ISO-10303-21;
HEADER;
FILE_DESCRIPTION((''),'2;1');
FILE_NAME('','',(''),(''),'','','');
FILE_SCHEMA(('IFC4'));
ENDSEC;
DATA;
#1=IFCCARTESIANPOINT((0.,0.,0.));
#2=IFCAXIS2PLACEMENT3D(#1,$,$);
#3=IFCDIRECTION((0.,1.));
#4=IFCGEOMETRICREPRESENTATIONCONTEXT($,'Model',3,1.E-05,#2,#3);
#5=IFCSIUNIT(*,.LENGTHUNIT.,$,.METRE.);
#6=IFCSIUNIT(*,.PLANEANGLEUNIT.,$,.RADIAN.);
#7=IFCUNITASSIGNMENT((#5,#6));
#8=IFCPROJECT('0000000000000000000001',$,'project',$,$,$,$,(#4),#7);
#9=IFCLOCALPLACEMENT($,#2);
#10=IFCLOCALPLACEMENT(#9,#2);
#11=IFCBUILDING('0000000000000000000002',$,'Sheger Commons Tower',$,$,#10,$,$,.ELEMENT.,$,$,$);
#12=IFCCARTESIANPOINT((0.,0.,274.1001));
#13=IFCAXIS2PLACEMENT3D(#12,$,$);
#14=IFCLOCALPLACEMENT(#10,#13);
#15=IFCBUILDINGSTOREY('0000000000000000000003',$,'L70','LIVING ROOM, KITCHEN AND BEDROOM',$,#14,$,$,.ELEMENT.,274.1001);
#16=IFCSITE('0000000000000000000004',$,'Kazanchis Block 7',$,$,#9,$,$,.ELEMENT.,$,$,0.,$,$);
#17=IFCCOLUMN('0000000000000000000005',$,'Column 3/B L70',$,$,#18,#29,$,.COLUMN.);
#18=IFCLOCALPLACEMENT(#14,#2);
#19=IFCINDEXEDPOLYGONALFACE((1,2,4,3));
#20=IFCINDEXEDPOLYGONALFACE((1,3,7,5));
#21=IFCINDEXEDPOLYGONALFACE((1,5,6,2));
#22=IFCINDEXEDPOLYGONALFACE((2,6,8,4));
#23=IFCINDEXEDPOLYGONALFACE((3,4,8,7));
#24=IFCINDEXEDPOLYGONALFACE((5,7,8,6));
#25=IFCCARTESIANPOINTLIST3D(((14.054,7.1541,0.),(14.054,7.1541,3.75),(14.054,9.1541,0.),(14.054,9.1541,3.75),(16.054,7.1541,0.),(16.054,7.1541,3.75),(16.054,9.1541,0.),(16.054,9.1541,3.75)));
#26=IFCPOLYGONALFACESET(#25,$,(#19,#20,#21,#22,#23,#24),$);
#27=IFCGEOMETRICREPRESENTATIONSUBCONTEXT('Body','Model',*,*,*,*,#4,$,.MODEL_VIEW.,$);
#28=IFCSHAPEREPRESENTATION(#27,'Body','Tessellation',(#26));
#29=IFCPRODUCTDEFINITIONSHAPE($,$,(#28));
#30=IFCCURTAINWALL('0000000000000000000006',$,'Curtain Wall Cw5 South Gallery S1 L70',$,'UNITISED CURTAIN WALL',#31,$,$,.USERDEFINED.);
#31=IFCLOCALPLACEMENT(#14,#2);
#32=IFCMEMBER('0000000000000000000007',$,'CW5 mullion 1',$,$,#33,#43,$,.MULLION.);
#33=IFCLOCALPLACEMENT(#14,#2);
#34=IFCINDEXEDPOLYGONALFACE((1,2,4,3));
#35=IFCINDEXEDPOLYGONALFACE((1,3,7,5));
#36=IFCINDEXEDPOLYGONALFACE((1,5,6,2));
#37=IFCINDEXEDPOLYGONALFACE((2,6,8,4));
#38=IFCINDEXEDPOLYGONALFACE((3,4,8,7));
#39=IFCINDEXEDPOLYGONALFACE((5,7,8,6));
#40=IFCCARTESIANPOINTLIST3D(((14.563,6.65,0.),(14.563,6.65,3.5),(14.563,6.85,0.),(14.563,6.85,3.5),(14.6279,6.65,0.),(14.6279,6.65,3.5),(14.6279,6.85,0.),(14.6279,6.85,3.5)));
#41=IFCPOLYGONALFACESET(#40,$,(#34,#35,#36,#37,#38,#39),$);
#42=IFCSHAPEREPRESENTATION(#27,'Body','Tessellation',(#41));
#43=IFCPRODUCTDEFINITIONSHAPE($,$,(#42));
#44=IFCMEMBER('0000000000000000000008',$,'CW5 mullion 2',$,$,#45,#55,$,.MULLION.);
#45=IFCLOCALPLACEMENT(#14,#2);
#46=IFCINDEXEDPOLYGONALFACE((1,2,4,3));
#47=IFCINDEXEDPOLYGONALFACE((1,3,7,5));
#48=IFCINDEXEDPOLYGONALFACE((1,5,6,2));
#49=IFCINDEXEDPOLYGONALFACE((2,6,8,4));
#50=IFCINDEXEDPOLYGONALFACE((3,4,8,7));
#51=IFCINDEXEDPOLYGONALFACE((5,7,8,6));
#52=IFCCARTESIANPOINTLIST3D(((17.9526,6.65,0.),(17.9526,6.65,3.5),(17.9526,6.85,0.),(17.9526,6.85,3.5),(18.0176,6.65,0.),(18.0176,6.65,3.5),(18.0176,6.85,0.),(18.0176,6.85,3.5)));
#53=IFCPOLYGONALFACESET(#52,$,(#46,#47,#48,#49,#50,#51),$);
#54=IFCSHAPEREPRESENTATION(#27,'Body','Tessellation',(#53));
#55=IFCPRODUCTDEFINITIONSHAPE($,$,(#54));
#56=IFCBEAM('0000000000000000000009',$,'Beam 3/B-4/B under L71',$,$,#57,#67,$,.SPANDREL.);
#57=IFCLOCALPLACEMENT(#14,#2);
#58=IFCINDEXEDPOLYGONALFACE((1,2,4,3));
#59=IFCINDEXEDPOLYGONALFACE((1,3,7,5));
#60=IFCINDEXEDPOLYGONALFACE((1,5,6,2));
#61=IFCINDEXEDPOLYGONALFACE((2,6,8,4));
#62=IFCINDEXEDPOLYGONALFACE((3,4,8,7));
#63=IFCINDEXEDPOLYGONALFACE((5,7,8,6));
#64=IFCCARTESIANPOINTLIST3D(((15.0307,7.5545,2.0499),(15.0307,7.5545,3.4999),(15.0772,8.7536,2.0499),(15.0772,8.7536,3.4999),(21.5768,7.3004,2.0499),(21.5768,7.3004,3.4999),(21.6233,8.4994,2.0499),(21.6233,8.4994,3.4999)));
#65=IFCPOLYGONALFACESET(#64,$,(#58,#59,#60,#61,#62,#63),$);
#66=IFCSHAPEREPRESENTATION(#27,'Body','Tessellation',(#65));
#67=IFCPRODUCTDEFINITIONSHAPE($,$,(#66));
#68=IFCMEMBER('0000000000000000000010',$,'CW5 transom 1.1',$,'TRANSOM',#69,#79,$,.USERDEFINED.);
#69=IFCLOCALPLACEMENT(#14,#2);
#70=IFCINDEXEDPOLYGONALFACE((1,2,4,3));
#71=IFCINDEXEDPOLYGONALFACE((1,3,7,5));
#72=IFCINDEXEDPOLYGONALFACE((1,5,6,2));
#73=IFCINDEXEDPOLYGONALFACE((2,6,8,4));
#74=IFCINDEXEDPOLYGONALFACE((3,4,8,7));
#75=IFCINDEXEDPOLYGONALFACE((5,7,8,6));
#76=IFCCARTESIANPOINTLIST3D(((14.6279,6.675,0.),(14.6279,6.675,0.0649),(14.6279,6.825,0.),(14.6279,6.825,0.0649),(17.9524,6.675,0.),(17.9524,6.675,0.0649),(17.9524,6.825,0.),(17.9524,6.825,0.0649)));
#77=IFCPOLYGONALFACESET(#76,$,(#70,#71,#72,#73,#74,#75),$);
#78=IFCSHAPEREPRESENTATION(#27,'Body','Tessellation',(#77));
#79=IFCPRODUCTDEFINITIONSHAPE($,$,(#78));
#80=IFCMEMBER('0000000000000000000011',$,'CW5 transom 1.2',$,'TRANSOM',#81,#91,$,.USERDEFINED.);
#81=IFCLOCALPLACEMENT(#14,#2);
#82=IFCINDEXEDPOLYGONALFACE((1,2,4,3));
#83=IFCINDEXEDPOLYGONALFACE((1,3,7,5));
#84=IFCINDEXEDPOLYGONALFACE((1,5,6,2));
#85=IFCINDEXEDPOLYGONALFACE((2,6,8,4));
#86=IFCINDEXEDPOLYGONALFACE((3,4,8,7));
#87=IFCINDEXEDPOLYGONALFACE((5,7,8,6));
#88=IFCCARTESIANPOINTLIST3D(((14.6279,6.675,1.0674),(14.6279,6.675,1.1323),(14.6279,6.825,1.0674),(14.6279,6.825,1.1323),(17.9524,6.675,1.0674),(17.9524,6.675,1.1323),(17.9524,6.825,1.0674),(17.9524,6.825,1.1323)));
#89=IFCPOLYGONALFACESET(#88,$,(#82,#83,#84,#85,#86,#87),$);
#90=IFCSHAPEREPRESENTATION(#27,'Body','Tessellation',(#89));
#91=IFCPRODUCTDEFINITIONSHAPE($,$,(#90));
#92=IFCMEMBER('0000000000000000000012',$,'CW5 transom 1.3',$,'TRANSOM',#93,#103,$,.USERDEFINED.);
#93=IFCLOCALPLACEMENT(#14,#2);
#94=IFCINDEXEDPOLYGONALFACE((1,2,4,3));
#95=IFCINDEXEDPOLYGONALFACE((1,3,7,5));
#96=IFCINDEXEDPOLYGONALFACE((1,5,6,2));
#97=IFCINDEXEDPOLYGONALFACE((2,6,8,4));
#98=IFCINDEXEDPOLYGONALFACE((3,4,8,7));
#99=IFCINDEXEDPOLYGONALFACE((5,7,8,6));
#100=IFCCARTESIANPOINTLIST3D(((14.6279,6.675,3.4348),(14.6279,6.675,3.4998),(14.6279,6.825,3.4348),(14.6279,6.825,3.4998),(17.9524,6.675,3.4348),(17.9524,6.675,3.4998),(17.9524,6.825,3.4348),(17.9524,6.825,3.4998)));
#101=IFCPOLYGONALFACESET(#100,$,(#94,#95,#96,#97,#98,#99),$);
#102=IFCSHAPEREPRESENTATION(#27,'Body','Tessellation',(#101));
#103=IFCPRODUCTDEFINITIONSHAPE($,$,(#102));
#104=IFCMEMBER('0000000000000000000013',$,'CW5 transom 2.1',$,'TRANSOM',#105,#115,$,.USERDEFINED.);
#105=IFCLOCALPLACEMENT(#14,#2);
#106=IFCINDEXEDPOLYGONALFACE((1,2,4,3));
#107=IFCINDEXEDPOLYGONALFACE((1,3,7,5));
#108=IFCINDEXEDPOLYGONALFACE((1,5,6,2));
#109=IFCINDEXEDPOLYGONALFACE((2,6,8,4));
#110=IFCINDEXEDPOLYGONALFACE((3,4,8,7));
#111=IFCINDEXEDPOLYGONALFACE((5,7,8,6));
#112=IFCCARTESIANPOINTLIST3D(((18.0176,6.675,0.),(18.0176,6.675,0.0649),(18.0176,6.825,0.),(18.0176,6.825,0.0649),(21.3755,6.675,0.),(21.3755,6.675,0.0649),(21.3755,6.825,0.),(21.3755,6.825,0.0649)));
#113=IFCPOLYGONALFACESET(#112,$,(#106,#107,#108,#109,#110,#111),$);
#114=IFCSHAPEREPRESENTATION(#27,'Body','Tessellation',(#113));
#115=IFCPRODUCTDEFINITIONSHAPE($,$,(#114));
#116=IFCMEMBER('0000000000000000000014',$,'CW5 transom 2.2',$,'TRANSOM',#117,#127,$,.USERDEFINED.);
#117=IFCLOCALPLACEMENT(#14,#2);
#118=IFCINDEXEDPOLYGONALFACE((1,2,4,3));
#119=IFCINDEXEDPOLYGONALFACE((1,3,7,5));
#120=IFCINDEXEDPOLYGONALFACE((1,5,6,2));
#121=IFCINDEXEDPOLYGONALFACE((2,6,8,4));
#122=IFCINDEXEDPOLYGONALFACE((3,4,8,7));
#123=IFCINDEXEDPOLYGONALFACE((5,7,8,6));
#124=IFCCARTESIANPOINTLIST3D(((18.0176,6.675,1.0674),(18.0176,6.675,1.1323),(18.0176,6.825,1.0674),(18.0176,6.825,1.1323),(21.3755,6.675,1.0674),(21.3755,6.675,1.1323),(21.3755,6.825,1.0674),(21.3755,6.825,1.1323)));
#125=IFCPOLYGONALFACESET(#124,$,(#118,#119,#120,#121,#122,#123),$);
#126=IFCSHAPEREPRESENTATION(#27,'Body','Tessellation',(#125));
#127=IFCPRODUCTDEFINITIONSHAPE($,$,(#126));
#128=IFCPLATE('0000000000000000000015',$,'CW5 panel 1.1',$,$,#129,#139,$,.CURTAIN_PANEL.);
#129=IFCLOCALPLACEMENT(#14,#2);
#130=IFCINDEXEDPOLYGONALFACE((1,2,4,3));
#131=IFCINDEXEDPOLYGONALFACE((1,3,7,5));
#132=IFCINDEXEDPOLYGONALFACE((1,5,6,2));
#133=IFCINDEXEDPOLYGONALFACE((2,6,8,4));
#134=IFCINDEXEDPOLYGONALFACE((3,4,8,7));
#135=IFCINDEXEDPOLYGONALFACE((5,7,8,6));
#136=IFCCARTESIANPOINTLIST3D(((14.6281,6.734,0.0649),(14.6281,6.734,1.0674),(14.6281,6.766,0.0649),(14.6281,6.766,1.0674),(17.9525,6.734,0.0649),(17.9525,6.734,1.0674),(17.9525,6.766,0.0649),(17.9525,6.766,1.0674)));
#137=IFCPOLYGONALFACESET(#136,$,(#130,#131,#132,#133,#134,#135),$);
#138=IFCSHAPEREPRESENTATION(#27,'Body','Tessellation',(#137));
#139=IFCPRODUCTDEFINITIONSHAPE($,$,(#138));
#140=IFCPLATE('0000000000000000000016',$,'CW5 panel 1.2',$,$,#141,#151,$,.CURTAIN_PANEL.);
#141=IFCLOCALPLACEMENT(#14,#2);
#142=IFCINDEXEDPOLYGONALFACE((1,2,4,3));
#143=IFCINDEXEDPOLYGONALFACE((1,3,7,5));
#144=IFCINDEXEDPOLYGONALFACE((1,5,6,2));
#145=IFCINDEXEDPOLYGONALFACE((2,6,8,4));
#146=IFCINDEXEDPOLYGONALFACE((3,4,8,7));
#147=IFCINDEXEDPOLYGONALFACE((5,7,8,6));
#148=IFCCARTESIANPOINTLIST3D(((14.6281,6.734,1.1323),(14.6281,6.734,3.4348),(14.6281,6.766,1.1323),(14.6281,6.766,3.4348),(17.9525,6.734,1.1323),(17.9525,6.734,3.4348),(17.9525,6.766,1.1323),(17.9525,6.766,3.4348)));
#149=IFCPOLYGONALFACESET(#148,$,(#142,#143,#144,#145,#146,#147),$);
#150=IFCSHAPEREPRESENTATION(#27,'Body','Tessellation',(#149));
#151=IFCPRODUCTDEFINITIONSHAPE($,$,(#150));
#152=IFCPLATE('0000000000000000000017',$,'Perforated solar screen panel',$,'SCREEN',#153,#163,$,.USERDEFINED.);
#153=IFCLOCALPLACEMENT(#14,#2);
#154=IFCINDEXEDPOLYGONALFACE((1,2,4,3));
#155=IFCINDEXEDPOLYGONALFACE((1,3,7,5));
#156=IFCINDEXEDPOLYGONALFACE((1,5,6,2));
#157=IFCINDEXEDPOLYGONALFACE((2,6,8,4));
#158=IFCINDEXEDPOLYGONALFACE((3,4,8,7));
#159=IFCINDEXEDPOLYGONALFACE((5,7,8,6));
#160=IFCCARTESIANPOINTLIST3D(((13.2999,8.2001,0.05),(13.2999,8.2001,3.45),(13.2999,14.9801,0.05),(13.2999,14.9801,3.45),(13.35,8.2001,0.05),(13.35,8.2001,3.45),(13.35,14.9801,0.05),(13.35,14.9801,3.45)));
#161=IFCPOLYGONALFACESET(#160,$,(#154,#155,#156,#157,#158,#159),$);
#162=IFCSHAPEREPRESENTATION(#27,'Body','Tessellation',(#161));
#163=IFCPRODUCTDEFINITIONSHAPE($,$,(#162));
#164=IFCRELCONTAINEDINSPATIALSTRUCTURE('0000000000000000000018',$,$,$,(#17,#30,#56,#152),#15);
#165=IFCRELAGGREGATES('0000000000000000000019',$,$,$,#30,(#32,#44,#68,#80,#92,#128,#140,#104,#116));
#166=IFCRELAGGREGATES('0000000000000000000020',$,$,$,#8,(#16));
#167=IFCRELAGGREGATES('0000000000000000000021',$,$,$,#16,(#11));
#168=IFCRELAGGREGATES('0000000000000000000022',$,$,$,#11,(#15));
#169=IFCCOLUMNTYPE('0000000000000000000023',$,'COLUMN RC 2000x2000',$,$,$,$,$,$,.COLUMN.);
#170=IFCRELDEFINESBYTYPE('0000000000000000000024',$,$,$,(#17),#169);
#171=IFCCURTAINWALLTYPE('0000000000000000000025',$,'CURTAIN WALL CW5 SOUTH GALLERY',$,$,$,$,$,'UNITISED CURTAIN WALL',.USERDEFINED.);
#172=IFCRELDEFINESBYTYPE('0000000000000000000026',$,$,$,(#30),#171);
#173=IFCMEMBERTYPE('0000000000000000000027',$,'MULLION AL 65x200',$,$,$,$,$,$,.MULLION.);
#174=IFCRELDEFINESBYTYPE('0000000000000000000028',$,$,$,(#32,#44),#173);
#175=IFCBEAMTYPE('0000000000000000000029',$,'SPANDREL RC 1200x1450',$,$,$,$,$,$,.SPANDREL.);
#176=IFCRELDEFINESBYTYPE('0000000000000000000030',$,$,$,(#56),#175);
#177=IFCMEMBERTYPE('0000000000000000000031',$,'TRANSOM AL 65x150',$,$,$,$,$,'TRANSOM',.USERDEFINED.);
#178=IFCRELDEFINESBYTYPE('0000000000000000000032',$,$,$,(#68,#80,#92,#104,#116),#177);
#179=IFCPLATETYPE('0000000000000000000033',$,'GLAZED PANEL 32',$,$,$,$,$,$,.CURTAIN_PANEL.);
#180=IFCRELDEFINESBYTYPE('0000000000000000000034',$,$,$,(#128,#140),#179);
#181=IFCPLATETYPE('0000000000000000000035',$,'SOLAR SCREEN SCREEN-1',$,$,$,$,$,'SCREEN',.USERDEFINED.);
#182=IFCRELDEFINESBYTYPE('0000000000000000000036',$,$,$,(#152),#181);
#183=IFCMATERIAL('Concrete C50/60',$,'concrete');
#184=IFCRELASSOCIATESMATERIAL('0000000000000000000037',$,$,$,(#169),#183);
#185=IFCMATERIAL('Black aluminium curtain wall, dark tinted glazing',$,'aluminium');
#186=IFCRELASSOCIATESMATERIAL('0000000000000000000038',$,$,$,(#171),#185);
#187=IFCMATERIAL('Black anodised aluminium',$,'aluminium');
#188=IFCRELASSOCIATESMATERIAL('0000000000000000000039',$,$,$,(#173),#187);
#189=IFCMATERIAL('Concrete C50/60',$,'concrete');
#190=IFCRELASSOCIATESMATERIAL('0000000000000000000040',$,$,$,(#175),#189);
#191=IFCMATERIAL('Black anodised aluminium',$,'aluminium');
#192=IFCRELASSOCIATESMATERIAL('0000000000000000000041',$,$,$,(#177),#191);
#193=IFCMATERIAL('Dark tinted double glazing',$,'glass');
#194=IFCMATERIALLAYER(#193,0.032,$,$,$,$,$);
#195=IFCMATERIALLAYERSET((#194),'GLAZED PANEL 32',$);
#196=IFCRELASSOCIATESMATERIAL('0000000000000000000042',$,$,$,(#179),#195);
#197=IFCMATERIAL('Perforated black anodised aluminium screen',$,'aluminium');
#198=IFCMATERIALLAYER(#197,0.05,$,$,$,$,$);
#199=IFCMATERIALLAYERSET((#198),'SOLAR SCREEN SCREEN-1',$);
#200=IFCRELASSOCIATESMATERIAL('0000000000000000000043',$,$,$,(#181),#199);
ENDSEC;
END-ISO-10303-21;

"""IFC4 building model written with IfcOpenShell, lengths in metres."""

from ifc_helpers import new_model, si_unit, direction, frame, origin, origin_2d, place, context, subcontext, project, spatial, rectangle, extrude, material, layer, layer_set, material_profile, profile_set, type_object, element, aggregate, save


model = new_model("IFC4")

# Units and contexts
model_context = context("Model", 3, precision=1e-05, world=origin(), true_north=direction((0.0, 1.0)))
body_context = subcontext(model_context, "Body", "Model", "MODEL_VIEW")
ifc_project = project(units=[si_unit("LENGTHUNIT", "METRE"), si_unit("PLANEANGLEUNIT", "RADIAN")], contexts=[model_context])

# Site, building, storey
site_placement = place(None, origin())
site = spatial("IfcSite", under=ifc_project, at=site_placement, Name="Kazanchis Block 7", CompositionType="ELEMENT", RefElevation=0.0)
building_placement = place(site_placement, origin())
building = spatial("IfcBuilding", under=site, at=building_placement, Name="Sheger Commons Tower", CompositionType="ELEMENT")
storey_placement = place(building_placement, frame((0.0, 0.0, 274.1001)))
storey = spatial("IfcBuildingStorey", under=building, at=storey_placement, Name="L70", Description="LIVING ROOM, KITCHEN AND BEDROOM", CompositionType="ELEMENT", Elevation=274.1001)

# Column
ifc_material_1 = material(Name="Concrete C50/60", Category="concrete")
ifc_material_profile_1 = material_profile(ifc_material_1, rectangle(XDim=2.0, YDim=2.0, at=origin_2d()), Name="RC 2000x2000")
ifc_profile_set_1 = profile_set([ifc_material_profile_1], Name="Concrete C50/60")
column_type = type_object("IfcColumnType", Name="COLUMN RC 2000x2000", PredefinedType="COLUMN", material=ifc_profile_set_1)
column_placement = place(storey_placement, frame((15.054, 8.1541, 0.0), z_axis=(0.0, 0.0, 1.0), x_axis=(1.0, 0.0, 0.0)))
element("IfcColumn", 1, at=column_placement, inside=storey, type_object=column_type, Name="Column 3/B L70", PredefinedType="COLUMN", context=body_context, shape_type="SweptSolid", body=[
    extrude(rectangle(XDim=2.0, YDim=2.0, at=origin_2d()), origin(), (0.0, 0.0, 1.0), 3.75),
])

# Curtain wall, members
ifc_material_2 = material(Name="Black aluminium curtain wall, dark tinted glazing", Category="aluminium")
curtain_wall_type = type_object("IfcCurtainWallType", Name="CURTAIN WALL CW5 SOUTH GALLERY", ElementType="UNITISED CURTAIN WALL", PredefinedType="USERDEFINED", material=ifc_material_2)
curtain_wall_placement = place(storey_placement, origin())
curtain_wall = element("IfcCurtainWall", 2, at=curtain_wall_placement, inside=storey, type_object=curtain_wall_type, Name="Curtain Wall Cw5 South Gallery S1 L70", ObjectType="UNITISED CURTAIN WALL", PredefinedType="USERDEFINED")
ifc_material_3 = material(Name="Black anodised aluminium", Category="aluminium")
ifc_material_profile_2 = material_profile(ifc_material_3, rectangle(XDim=0.2, YDim=0.0649, at=origin_2d()), Name="AL 65x200")
ifc_profile_set_2 = profile_set([ifc_material_profile_2], Name="Black anodised aluminium")
member_type_1 = type_object("IfcMemberType", Name="MULLION AL 65x200", PredefinedType="MULLION", material=ifc_profile_set_2)
member_1_placement = place(storey_placement, frame((14.5955, 6.75, 0.0), z_axis=(0.0, 0.0, 1.0), x_axis=(0.0, 1.0, 0.0)))
member_1 = element("IfcMember", 3, at=member_1_placement, type_object=member_type_1, Name="CW5 mullion 1", PredefinedType="MULLION", context=body_context, shape_type="SweptSolid", body=[
    extrude(rectangle(XDim=0.2, YDim=0.0649, at=origin_2d()), origin(), (0.0, 0.0, 1.0), 3.5),
])
member_2_placement = place(storey_placement, frame((17.9851, 6.75, 0.0), z_axis=(0.0, 0.0, 1.0), x_axis=(0.0, 1.0, 0.0)))
member_2 = element("IfcMember", 4, at=member_2_placement, type_object=member_type_1, Name="CW5 mullion 2", PredefinedType="MULLION", context=body_context, shape_type="SweptSolid", body=[
    extrude(rectangle(XDim=0.2, YDim=0.0649, at=origin_2d()), origin(), (0.0, 0.0, 1.0), 3.5),
])

# Beam
ifc_material_4 = material(Name="Concrete C50/60", Category="concrete")
ifc_material_profile_3 = material_profile(ifc_material_4, rectangle(XDim=1.2, YDim=1.45, at=origin_2d()), Name="RC 1200x1450")
ifc_profile_set_3 = profile_set([ifc_material_profile_3], Name="Concrete C50/60")
beam_type = type_object("IfcBeamType", Name="SPANDREL RC 1200x1450", PredefinedType="SPANDREL", material=ifc_profile_set_3)
beam_placement = place(storey_placement, frame((15.054, 8.1541, 2.7749), z_axis=(0.999247, -0.038795, 0.0), x_axis=(0.038795, 0.999247, 0.0)))
element("IfcBeam", 5, at=beam_placement, inside=storey, type_object=beam_type, Name="Beam 3/B-4/B under L71", PredefinedType="SPANDREL", context=body_context, shape_type="SweptSolid", body=[
    extrude(rectangle(XDim=1.2, YDim=1.45, at=origin_2d()), origin(), (0.0, 0.0, 1.0), 6.551),
])

# Members
ifc_material_5 = material(Name="Black anodised aluminium", Category="aluminium")
ifc_material_profile_4 = material_profile(ifc_material_5, rectangle(XDim=0.1499, YDim=0.0649, at=origin_2d()), Name="AL 65x150")
ifc_profile_set_4 = profile_set([ifc_material_profile_4], Name="Black anodised aluminium")
member_type_2 = type_object("IfcMemberType", Name="TRANSOM AL 65x150", ElementType="TRANSOM", PredefinedType="USERDEFINED", material=ifc_profile_set_4)
member_3_placement = place(storey_placement, frame((14.6279, 6.75, 0.0325), z_axis=(1.0, 0.0, 0.0), x_axis=(0.0, 1.0, 0.0)))
member_3 = element("IfcMember", 6, at=member_3_placement, type_object=member_type_2, Name="CW5 transom 1.1", ObjectType="TRANSOM", PredefinedType="USERDEFINED", context=body_context, shape_type="SweptSolid", body=[
    extrude(rectangle(XDim=0.1499, YDim=0.0649, at=origin_2d()), origin(), (0.0, 0.0, 1.0), 3.3245),
])
member_4_placement = place(storey_placement, frame((14.6279, 6.75, 1.0999), z_axis=(1.0, 0.0, 0.0), x_axis=(0.0, 1.0, 0.0)))
member_4 = element("IfcMember", 7, at=member_4_placement, type_object=member_type_2, Name="CW5 transom 1.2", ObjectType="TRANSOM", PredefinedType="USERDEFINED", context=body_context, shape_type="SweptSolid", body=[
    extrude(rectangle(XDim=0.1499, YDim=0.0649, at=origin_2d()), origin(), (0.0, 0.0, 1.0), 3.3245),
])
member_5_placement = place(storey_placement, frame((14.6279, 6.75, 3.4673), z_axis=(1.0, 0.0, 0.0), x_axis=(0.0, 1.0, 0.0)))
member_5 = element("IfcMember", 8, at=member_5_placement, type_object=member_type_2, Name="CW5 transom 1.3", ObjectType="TRANSOM", PredefinedType="USERDEFINED", context=body_context, shape_type="SweptSolid", body=[
    extrude(rectangle(XDim=0.1499, YDim=0.0649, at=origin_2d()), origin(), (0.0, 0.0, 1.0), 3.3245),
])
member_6_placement = place(storey_placement, frame((18.0176, 6.75, 0.0325), z_axis=(1.0, 0.0, 0.0), x_axis=(0.0, 1.0, 0.0)))
member_6 = element("IfcMember", 9, at=member_6_placement, type_object=member_type_2, Name="CW5 transom 2.1", ObjectType="TRANSOM", PredefinedType="USERDEFINED", context=body_context, shape_type="SweptSolid", body=[
    extrude(rectangle(XDim=0.1499, YDim=0.0649, at=origin_2d()), origin(), (0.0, 0.0, 1.0), 3.3579),
])
member_7_placement = place(storey_placement, frame((18.0176, 6.75, 1.0999), z_axis=(1.0, 0.0, 0.0), x_axis=(0.0, 1.0, 0.0)))
member_7 = element("IfcMember", 10, at=member_7_placement, type_object=member_type_2, Name="CW5 transom 2.2", ObjectType="TRANSOM", PredefinedType="USERDEFINED", context=body_context, shape_type="SweptSolid", body=[
    extrude(rectangle(XDim=0.1499, YDim=0.0649, at=origin_2d()), origin(), (0.0, 0.0, 1.0), 3.3579),
])

# Plates
ifc_material_6 = material(Name="Dark tinted double glazing", Category="glass")
ifc_layer_1 = layer(ifc_material_6, 0.032)
ifc_layer_set_1 = layer_set([ifc_layer_1], Name="GLAZED PANEL 32")
plate_type_1 = type_object("IfcPlateType", Name="GLAZED PANEL 32", PredefinedType="CURTAIN_PANEL", material=ifc_layer_set_1)
plate_1_placement = place(storey_placement, frame((16.2903, 6.75, 0.0649), z_axis=(0.0, 0.0, 1.0), x_axis=(1.0, 0.0, 0.0)))
plate_1 = element("IfcPlate", 11, at=plate_1_placement, type_object=plate_type_1, Name="CW5 panel 1.1", PredefinedType="CURTAIN_PANEL", context=body_context, shape_type="SweptSolid", body=[
    extrude(rectangle(XDim=3.3245, YDim=0.032, at=origin_2d()), origin(), (0.0, 0.0, 1.0), 1.0024),
])
plate_2_placement = place(storey_placement, frame((16.2903, 6.75, 1.1323), z_axis=(0.0, 0.0, 1.0), x_axis=(1.0, 0.0, 0.0)))
plate_2 = element("IfcPlate", 12, at=plate_2_placement, type_object=plate_type_1, Name="CW5 panel 1.2", PredefinedType="CURTAIN_PANEL", context=body_context, shape_type="SweptSolid", body=[
    extrude(rectangle(XDim=3.3245, YDim=0.032, at=origin_2d()), origin(), (0.0, 0.0, 1.0), 2.3025),
])
aggregate(curtain_wall, [member_1, member_2, member_3, member_4, member_5, plate_1, plate_2, member_6, member_7])
ifc_material_7 = material(Name="Perforated black anodised aluminium screen", Category="aluminium")
ifc_layer_2 = layer(ifc_material_7, 0.05)
ifc_layer_set_2 = layer_set([ifc_layer_2], Name="SOLAR SCREEN SCREEN-1")
plate_type_2 = type_object("IfcPlateType", Name="SOLAR SCREEN SCREEN-1", ElementType="SCREEN", PredefinedType="USERDEFINED", material=ifc_layer_set_2)
plate_3_placement = place(storey_placement, frame((13.325, 11.5901, 0.05), z_axis=(0.0, 0.0, 1.0), x_axis=(0.0, -1.0, 0.0)))
element("IfcPlate", 13, at=plate_3_placement, inside=storey, type_object=plate_type_2, Name="Perforated solar screen panel", ObjectType="SCREEN", PredefinedType="USERDEFINED", context=body_context, shape_type="SweptSolid", body=[
    extrude(rectangle(XDim=6.78, YDim=0.05, at=origin_2d()), origin(), (0.0, 0.0, 1.0), 3.3999),
])

save(model, "model.ifc")
